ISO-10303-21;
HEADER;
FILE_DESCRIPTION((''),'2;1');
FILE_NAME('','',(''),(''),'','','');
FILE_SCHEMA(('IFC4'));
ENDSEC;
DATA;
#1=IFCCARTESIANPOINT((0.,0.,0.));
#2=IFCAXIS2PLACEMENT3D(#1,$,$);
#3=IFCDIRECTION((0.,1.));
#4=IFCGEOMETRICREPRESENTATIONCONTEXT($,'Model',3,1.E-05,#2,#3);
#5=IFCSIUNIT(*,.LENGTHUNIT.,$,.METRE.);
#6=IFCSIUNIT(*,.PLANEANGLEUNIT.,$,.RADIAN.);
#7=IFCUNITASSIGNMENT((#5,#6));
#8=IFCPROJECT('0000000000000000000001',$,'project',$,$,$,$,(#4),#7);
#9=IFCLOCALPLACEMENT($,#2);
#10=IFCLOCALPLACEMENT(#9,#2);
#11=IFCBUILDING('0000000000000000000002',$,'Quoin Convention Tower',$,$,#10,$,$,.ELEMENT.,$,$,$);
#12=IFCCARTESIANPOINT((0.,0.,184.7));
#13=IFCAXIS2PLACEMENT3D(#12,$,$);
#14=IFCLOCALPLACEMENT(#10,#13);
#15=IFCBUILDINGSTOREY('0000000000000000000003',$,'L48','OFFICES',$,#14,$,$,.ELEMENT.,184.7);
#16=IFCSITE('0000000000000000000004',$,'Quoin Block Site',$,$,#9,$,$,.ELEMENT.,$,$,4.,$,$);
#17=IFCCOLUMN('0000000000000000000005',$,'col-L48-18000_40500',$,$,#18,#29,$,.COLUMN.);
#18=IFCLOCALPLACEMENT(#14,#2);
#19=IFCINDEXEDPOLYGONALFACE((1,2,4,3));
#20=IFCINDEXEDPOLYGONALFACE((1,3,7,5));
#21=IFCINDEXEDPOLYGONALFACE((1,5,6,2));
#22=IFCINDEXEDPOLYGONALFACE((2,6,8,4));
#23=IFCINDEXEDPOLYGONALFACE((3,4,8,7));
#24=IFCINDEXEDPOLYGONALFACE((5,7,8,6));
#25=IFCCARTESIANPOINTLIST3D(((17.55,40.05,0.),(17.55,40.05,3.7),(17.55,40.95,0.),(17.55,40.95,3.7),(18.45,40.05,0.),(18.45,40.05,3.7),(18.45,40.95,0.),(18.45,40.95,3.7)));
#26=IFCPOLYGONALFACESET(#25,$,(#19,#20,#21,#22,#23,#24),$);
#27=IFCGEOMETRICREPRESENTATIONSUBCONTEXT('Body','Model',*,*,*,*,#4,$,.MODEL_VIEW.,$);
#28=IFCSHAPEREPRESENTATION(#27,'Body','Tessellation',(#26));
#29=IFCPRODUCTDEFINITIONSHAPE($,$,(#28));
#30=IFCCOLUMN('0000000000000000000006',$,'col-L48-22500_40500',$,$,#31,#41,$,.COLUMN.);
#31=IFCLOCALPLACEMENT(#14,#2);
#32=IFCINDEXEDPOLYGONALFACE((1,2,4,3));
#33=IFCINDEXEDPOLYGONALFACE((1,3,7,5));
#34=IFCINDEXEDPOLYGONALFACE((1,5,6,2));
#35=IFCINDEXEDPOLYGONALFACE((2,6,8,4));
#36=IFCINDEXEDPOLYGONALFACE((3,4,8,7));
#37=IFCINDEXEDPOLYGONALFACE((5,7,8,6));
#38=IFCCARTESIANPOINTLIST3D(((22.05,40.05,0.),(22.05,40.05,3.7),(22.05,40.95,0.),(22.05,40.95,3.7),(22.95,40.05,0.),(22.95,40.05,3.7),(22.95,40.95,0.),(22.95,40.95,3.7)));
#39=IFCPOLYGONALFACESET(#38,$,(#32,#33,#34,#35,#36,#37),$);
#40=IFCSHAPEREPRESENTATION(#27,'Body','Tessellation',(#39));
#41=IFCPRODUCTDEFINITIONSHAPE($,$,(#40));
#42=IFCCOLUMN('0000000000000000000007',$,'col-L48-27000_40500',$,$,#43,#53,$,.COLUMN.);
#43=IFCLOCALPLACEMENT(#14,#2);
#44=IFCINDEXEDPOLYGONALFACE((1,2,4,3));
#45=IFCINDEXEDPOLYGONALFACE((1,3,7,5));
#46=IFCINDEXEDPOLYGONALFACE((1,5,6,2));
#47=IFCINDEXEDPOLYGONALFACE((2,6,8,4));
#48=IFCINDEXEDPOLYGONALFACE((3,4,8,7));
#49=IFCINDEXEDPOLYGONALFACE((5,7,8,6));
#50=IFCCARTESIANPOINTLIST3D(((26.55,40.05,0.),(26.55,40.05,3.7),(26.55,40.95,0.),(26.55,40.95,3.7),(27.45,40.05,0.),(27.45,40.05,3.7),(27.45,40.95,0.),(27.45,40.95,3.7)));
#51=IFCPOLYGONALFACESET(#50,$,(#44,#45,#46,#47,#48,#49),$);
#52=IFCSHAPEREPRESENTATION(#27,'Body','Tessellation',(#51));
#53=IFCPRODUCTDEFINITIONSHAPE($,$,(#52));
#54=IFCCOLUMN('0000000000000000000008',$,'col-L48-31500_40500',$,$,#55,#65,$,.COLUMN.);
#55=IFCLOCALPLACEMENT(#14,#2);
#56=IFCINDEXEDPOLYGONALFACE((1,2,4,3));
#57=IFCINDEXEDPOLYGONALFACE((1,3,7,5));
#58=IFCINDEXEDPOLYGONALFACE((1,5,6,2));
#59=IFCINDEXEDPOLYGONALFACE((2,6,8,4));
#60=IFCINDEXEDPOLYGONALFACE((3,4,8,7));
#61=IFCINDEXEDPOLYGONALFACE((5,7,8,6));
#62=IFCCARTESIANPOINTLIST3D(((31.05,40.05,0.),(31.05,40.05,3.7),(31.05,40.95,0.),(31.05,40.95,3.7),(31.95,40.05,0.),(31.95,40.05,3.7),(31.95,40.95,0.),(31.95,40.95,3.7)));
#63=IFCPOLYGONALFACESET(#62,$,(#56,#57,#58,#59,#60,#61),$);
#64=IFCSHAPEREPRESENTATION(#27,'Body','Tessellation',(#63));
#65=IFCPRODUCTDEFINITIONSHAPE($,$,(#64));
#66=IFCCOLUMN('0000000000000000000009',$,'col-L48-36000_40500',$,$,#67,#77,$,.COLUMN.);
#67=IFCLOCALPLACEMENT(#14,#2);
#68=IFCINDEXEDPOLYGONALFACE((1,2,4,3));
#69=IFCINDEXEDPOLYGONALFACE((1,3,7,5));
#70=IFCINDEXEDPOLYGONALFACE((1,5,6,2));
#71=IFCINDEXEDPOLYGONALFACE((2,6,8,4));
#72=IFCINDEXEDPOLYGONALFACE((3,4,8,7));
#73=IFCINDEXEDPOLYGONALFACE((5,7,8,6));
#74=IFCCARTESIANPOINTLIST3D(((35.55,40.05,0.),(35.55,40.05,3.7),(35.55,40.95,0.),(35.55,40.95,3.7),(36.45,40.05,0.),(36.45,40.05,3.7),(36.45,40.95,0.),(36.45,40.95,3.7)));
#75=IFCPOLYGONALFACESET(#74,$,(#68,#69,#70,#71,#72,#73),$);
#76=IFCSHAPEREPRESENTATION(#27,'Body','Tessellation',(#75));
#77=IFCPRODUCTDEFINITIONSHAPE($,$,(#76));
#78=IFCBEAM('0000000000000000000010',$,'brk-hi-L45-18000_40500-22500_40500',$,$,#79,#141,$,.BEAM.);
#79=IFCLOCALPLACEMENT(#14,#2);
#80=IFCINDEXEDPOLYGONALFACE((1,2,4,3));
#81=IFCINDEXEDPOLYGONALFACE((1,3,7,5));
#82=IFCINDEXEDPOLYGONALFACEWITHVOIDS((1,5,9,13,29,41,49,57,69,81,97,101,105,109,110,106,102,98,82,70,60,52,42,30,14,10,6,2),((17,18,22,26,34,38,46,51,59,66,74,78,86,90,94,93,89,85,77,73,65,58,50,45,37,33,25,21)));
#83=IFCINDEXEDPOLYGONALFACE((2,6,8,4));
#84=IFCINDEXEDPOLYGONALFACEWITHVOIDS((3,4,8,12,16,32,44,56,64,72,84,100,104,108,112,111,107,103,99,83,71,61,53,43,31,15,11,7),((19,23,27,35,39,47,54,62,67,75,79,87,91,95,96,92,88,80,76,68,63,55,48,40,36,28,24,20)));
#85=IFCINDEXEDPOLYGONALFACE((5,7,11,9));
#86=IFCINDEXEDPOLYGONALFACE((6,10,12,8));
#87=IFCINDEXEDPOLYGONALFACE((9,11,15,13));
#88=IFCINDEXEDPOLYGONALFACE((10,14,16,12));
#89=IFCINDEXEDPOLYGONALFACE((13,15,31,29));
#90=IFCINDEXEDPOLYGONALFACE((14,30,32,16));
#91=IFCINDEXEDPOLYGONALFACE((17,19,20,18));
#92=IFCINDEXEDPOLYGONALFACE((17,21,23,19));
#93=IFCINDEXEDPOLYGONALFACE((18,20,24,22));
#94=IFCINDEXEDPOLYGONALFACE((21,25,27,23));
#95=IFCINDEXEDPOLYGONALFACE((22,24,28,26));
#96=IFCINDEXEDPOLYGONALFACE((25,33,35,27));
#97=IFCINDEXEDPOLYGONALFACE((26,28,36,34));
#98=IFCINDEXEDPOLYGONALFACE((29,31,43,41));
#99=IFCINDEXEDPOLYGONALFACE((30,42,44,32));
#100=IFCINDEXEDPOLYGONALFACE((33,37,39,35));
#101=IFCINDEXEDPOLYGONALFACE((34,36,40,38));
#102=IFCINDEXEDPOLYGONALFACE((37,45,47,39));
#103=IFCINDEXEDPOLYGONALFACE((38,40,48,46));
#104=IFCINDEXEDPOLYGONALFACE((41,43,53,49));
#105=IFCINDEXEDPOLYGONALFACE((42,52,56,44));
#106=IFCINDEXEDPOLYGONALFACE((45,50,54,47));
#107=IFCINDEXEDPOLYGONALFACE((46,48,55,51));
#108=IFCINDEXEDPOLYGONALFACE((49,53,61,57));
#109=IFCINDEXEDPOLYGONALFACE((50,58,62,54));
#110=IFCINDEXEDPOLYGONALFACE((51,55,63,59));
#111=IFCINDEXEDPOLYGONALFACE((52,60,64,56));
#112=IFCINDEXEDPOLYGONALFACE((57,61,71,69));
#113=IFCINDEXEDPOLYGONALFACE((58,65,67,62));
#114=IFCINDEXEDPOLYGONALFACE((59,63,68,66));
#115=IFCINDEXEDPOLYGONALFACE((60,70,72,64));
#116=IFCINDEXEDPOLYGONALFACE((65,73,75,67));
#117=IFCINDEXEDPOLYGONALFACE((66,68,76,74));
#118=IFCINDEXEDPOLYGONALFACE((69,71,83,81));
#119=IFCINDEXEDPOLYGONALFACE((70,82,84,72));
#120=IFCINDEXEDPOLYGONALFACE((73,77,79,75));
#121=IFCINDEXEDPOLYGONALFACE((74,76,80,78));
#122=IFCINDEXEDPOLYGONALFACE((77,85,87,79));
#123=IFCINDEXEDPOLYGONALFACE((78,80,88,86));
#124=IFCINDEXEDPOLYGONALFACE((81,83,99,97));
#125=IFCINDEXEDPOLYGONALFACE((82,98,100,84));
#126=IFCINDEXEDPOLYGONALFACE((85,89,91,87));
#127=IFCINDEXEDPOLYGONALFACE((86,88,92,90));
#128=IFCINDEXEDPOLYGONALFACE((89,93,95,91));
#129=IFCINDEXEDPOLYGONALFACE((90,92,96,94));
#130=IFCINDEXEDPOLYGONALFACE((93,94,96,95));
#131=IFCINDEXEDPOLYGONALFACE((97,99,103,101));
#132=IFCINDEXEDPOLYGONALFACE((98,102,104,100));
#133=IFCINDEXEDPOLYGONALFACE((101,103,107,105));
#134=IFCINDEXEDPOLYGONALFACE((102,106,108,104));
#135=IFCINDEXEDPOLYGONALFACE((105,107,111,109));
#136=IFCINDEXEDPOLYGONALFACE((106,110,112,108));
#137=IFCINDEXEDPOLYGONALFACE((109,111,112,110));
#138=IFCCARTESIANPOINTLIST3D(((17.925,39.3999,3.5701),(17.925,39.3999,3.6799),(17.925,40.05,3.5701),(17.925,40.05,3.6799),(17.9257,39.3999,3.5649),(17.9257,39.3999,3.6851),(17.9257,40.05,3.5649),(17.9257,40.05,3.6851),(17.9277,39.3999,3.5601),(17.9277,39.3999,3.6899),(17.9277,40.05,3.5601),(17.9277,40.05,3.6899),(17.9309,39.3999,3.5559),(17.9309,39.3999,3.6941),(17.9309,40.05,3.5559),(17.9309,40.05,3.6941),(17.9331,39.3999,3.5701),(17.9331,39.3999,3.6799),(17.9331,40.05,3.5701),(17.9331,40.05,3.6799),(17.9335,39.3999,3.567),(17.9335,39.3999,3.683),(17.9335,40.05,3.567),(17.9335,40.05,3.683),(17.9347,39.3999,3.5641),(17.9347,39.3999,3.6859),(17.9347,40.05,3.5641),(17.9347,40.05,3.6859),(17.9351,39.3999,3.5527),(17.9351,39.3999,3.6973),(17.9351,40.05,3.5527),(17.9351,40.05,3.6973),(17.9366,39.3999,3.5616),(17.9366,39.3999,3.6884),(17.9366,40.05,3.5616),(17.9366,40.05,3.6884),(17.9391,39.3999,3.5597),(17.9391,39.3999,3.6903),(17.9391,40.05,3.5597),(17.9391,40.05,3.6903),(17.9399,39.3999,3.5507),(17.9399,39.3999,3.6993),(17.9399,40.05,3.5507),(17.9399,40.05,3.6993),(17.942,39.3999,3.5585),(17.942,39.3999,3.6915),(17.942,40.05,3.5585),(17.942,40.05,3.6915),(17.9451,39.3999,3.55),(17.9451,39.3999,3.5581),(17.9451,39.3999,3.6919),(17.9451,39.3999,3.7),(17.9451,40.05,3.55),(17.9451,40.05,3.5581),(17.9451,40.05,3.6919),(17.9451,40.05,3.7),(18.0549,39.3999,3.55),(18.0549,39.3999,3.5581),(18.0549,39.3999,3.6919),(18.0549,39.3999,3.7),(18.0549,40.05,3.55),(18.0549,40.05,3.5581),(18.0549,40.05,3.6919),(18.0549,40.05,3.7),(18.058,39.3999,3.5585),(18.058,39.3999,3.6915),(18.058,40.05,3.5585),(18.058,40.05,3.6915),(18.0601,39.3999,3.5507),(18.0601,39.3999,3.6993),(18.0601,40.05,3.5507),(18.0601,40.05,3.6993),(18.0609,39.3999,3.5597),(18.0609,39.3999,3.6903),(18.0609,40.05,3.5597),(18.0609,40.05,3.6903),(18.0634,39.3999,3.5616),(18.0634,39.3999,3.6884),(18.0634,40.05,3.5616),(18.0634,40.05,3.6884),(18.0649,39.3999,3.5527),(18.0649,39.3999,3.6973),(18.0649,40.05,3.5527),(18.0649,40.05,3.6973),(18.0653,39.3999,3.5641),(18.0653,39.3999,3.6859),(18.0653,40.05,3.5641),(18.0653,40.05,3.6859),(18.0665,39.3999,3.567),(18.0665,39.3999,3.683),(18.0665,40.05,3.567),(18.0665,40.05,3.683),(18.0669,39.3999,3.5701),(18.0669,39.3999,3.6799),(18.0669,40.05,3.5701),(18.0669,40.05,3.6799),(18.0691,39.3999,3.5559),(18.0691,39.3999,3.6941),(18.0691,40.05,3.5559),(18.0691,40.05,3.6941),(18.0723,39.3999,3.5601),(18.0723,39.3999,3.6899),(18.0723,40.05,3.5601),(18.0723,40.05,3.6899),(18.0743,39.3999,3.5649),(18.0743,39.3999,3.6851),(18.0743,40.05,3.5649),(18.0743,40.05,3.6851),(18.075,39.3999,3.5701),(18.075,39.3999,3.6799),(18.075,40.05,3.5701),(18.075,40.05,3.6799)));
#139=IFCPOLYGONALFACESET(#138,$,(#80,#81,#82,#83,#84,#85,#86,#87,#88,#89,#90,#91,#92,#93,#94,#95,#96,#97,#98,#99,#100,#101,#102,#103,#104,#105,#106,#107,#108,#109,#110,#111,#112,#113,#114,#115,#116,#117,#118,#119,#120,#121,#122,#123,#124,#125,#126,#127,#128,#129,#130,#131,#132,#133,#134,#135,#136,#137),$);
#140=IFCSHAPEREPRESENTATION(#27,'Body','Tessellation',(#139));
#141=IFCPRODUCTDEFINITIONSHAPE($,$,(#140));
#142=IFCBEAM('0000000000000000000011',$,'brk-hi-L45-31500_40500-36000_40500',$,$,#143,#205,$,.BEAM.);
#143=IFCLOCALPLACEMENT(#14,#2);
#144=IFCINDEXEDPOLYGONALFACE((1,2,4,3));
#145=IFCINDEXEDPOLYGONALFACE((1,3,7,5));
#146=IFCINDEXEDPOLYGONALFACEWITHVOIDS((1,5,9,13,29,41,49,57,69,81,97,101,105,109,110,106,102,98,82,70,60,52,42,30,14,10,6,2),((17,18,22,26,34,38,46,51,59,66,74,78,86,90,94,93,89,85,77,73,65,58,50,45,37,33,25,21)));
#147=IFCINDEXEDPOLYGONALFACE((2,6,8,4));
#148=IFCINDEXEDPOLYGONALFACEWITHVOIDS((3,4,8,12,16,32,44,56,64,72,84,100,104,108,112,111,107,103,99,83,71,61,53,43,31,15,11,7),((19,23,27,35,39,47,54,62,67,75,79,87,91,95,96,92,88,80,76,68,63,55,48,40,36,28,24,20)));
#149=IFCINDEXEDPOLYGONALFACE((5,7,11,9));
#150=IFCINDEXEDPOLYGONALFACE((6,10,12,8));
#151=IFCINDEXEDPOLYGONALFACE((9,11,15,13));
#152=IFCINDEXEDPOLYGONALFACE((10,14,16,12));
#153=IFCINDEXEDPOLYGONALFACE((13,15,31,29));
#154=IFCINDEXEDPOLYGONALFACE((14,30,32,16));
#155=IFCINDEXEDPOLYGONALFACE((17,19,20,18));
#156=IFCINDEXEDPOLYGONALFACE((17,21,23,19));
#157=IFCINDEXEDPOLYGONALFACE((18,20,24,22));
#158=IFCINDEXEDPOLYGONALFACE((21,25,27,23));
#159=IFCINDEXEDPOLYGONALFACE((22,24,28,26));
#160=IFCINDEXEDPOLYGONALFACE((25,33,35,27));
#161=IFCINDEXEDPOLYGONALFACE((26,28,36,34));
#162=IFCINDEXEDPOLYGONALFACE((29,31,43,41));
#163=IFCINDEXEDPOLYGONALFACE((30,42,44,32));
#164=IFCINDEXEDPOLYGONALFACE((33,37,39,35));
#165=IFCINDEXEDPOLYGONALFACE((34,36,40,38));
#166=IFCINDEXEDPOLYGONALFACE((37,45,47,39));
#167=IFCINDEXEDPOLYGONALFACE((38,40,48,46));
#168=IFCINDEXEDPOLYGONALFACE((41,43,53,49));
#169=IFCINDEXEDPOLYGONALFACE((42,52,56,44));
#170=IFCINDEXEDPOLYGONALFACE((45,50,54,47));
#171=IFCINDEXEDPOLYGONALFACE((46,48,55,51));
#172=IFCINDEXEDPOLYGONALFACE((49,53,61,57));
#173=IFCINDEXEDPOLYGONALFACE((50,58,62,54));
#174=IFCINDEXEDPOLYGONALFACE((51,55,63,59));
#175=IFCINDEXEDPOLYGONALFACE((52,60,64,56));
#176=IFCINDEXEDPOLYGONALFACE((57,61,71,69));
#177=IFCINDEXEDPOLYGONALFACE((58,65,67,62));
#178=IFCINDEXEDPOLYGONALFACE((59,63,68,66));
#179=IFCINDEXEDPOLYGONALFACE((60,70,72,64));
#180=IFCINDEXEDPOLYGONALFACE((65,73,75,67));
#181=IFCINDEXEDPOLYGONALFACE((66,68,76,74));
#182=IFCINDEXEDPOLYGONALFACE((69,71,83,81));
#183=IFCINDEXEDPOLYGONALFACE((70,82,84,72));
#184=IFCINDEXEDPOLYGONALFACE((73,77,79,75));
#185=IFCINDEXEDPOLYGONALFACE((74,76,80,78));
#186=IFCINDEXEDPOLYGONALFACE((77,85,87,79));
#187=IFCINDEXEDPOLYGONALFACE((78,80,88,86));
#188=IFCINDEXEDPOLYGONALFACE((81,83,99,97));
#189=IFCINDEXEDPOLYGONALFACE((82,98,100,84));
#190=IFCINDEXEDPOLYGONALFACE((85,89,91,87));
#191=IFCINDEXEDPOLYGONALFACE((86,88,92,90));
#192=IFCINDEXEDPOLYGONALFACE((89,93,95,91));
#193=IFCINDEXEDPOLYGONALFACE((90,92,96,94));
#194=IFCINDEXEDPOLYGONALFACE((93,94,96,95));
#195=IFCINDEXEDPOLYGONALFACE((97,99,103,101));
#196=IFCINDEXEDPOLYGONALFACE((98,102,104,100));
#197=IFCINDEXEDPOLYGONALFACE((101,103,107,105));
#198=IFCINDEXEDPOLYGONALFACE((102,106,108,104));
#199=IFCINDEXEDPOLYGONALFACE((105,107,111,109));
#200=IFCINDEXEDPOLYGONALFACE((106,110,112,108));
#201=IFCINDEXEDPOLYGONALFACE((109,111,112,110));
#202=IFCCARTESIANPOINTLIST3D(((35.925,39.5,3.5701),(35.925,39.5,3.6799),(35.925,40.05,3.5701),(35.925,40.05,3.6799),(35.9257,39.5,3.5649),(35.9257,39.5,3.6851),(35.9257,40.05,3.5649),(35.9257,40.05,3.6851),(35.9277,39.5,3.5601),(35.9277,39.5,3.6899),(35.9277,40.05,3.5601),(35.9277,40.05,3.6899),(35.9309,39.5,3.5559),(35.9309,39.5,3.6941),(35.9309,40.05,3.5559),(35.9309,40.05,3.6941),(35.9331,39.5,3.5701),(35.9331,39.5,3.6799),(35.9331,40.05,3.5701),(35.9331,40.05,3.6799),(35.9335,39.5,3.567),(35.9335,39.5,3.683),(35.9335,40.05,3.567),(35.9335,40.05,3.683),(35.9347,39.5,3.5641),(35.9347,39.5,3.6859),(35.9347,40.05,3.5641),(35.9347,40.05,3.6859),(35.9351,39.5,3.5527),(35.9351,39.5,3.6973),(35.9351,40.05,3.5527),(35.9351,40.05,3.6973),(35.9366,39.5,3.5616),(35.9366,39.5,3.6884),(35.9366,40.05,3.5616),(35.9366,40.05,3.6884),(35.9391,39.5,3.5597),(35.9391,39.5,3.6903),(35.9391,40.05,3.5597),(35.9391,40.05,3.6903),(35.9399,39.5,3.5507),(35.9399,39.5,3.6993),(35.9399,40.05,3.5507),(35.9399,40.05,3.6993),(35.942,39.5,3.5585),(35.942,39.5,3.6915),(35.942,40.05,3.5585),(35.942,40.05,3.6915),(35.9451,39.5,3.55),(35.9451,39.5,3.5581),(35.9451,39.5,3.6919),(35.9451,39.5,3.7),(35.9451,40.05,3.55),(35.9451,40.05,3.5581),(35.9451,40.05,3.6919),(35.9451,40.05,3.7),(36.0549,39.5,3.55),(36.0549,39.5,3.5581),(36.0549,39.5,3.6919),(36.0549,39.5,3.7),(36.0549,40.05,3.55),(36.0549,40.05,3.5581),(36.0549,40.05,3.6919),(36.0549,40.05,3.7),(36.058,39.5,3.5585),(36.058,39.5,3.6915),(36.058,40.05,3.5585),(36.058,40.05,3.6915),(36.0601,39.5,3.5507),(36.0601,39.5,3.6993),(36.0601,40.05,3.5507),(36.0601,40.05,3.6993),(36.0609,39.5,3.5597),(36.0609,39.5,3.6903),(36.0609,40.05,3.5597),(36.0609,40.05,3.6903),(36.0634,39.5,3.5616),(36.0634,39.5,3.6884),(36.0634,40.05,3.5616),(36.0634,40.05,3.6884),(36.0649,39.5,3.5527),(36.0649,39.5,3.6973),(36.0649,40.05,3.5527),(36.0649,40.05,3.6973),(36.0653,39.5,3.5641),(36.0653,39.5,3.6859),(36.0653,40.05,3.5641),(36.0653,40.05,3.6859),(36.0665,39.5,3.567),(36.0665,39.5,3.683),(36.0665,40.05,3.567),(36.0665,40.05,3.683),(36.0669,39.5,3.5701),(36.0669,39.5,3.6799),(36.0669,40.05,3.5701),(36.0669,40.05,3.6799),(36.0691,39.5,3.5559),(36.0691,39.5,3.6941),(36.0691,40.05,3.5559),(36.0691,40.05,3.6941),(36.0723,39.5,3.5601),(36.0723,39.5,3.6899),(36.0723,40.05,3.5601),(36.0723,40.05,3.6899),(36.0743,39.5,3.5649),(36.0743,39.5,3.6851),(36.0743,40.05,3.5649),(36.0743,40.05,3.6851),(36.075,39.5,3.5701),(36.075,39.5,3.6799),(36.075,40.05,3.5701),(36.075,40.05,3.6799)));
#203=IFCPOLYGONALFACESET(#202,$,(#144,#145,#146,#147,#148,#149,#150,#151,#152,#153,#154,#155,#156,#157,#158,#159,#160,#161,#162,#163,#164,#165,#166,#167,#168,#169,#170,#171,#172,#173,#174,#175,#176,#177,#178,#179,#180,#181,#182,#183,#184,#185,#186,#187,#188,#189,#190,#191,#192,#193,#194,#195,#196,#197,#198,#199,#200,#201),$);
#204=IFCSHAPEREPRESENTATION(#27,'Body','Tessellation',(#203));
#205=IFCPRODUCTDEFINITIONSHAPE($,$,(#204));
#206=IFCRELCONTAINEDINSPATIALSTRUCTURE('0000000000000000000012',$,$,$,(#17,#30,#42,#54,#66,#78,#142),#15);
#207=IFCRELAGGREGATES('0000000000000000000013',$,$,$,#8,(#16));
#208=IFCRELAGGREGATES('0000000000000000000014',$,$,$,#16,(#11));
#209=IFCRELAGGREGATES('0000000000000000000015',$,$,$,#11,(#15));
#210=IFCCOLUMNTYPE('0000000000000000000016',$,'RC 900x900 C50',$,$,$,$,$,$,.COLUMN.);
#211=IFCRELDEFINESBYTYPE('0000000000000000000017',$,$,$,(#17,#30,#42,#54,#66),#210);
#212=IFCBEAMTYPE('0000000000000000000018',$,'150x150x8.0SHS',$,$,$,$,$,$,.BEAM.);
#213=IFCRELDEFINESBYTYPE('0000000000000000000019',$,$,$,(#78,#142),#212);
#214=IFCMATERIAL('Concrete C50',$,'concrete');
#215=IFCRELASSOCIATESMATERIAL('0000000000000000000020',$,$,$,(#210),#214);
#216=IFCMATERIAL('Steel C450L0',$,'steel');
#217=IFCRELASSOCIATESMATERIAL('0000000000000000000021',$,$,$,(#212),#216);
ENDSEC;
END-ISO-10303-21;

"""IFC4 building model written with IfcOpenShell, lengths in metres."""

from ifc_helpers import new_model, si_unit, direction, frame, origin, origin_2d, place, context, subcontext, project, spatial, rectangle, hollow_rectangle, extrude, material, material_profile, profile_set, type_object, element, save


model = new_model("IFC4")

# Units and contexts
model_context = context("Model", 3, precision=1e-05, world=origin(), true_north=direction((0.0, 1.0)))
body_context = subcontext(model_context, "Body", "Model", "MODEL_VIEW")
ifc_project = project(units=[si_unit("LENGTHUNIT", "METRE"), si_unit("PLANEANGLEUNIT", "RADIAN")], contexts=[model_context])

# Site, building, storey
site_placement = place(None, origin())
site = spatial("IfcSite", under=ifc_project, at=site_placement, Name="Quoin Block Site", CompositionType="ELEMENT", RefElevation=4.0)
building_placement = place(site_placement, origin())
building = spatial("IfcBuilding", under=site, at=building_placement, Name="Quoin Convention Tower", CompositionType="ELEMENT")
storey_placement = place(building_placement, frame((0.0, 0.0, 184.7)))
storey = spatial("IfcBuildingStorey", under=building, at=storey_placement, Name="L48", Description="OFFICES", CompositionType="ELEMENT", Elevation=184.7)

# Columns
ifc_material_1 = material(Name="Concrete C50", Category="concrete")
ifc_material_profile_1 = material_profile(ifc_material_1, rectangle(XDim=0.8999, YDim=0.8999, at=origin_2d()), Name="RC 900x900")
ifc_profile_set_1 = profile_set([ifc_material_profile_1], Name="Concrete C50")
column_type = type_object("IfcColumnType", Name="RC 900x900 C50", PredefinedType="COLUMN", material=ifc_profile_set_1)
for number, where, z_axis, x_axis, name in (
    (1, (18.0, 40.5, 0.0), (0.0, 0.0, 1.0), (1.0, 0.0, 0.0), "col-L48-18000_40500"),
    (2, (22.5, 40.5, 0.0), (0.0, 0.0, 1.0), (1.0, 0.0, 0.0), "col-L48-22500_40500"),
    (3, (27.0, 40.5, 0.0), (0.0, 0.0, 1.0), (1.0, 0.0, 0.0), "col-L48-27000_40500"),
    (4, (31.5, 40.5, 0.0), (0.0, 0.0, 1.0), (1.0, 0.0, 0.0), "col-L48-31500_40500"),
    (5, (36.0, 40.5, 0.0), (0.0, 0.0, 1.0), (1.0, 0.0, 0.0), "col-L48-36000_40500"),
):
    element("IfcColumn", number, at=place(storey_placement, frame(where, z_axis=z_axis, x_axis=x_axis)), inside=storey, type_object=column_type, Name=name, PredefinedType="COLUMN", context=body_context, shape_type="SweptSolid", body=[
        extrude(rectangle(XDim=0.8999, YDim=0.8999, at=origin_2d()), origin(), (0.0, 0.0, 1.0), 3.7),
    ])

# Beams
ifc_material_2 = material(Name="Steel C450L0", Category="steel")
ifc_material_profile_2 = material_profile(ifc_material_2, hollow_rectangle(XDim=0.1499, YDim=0.1499, WallThickness=0.0081, InnerFilletRadius=0.012, OuterFilletRadius=0.02, at=origin_2d()), Name="150x150x8.0SHS")
ifc_profile_set_2 = profile_set([ifc_material_profile_2], Name="Steel C450L0")
beam_type_1 = type_object("IfcBeamType", Name="150x150x8.0SHS", PredefinedType="BEAM", material=ifc_profile_set_2)
beam_1_placement = place(storey_placement, frame((18.0, 40.05, 3.625), z_axis=(0.0, -1.0, 0.0), x_axis=(1.0, 0.0, 0.0)))
element("IfcBeam", 6, at=beam_1_placement, inside=storey, type_object=beam_type_1, Name="brk-hi-L45-18000_40500-22500_40500", PredefinedType="BEAM", context=body_context, shape_type="SweptSolid", body=[
    extrude(hollow_rectangle(XDim=0.1499, YDim=0.1499, WallThickness=0.0081, InnerFilletRadius=0.012, OuterFilletRadius=0.02, at=origin_2d()), origin(), (0.0, 0.0, 1.0), 0.6501),
])
beam_2_placement = place(storey_placement, frame((36.0, 40.05, 3.625), z_axis=(0.0, -1.0, 0.0), x_axis=(1.0, 0.0, 0.0)))
element("IfcBeam", 7, at=beam_2_placement, inside=storey, type_object=beam_type_1, Name="brk-hi-L45-31500_40500-36000_40500", PredefinedType="BEAM", context=body_context, shape_type="SweptSolid", body=[
    extrude(hollow_rectangle(XDim=0.1499, YDim=0.1499, WallThickness=0.0081, InnerFilletRadius=0.012, OuterFilletRadius=0.02, at=origin_2d()), origin(), (0.0, 0.0, 1.0), 0.55),
])

save(model, "model.ifc")
